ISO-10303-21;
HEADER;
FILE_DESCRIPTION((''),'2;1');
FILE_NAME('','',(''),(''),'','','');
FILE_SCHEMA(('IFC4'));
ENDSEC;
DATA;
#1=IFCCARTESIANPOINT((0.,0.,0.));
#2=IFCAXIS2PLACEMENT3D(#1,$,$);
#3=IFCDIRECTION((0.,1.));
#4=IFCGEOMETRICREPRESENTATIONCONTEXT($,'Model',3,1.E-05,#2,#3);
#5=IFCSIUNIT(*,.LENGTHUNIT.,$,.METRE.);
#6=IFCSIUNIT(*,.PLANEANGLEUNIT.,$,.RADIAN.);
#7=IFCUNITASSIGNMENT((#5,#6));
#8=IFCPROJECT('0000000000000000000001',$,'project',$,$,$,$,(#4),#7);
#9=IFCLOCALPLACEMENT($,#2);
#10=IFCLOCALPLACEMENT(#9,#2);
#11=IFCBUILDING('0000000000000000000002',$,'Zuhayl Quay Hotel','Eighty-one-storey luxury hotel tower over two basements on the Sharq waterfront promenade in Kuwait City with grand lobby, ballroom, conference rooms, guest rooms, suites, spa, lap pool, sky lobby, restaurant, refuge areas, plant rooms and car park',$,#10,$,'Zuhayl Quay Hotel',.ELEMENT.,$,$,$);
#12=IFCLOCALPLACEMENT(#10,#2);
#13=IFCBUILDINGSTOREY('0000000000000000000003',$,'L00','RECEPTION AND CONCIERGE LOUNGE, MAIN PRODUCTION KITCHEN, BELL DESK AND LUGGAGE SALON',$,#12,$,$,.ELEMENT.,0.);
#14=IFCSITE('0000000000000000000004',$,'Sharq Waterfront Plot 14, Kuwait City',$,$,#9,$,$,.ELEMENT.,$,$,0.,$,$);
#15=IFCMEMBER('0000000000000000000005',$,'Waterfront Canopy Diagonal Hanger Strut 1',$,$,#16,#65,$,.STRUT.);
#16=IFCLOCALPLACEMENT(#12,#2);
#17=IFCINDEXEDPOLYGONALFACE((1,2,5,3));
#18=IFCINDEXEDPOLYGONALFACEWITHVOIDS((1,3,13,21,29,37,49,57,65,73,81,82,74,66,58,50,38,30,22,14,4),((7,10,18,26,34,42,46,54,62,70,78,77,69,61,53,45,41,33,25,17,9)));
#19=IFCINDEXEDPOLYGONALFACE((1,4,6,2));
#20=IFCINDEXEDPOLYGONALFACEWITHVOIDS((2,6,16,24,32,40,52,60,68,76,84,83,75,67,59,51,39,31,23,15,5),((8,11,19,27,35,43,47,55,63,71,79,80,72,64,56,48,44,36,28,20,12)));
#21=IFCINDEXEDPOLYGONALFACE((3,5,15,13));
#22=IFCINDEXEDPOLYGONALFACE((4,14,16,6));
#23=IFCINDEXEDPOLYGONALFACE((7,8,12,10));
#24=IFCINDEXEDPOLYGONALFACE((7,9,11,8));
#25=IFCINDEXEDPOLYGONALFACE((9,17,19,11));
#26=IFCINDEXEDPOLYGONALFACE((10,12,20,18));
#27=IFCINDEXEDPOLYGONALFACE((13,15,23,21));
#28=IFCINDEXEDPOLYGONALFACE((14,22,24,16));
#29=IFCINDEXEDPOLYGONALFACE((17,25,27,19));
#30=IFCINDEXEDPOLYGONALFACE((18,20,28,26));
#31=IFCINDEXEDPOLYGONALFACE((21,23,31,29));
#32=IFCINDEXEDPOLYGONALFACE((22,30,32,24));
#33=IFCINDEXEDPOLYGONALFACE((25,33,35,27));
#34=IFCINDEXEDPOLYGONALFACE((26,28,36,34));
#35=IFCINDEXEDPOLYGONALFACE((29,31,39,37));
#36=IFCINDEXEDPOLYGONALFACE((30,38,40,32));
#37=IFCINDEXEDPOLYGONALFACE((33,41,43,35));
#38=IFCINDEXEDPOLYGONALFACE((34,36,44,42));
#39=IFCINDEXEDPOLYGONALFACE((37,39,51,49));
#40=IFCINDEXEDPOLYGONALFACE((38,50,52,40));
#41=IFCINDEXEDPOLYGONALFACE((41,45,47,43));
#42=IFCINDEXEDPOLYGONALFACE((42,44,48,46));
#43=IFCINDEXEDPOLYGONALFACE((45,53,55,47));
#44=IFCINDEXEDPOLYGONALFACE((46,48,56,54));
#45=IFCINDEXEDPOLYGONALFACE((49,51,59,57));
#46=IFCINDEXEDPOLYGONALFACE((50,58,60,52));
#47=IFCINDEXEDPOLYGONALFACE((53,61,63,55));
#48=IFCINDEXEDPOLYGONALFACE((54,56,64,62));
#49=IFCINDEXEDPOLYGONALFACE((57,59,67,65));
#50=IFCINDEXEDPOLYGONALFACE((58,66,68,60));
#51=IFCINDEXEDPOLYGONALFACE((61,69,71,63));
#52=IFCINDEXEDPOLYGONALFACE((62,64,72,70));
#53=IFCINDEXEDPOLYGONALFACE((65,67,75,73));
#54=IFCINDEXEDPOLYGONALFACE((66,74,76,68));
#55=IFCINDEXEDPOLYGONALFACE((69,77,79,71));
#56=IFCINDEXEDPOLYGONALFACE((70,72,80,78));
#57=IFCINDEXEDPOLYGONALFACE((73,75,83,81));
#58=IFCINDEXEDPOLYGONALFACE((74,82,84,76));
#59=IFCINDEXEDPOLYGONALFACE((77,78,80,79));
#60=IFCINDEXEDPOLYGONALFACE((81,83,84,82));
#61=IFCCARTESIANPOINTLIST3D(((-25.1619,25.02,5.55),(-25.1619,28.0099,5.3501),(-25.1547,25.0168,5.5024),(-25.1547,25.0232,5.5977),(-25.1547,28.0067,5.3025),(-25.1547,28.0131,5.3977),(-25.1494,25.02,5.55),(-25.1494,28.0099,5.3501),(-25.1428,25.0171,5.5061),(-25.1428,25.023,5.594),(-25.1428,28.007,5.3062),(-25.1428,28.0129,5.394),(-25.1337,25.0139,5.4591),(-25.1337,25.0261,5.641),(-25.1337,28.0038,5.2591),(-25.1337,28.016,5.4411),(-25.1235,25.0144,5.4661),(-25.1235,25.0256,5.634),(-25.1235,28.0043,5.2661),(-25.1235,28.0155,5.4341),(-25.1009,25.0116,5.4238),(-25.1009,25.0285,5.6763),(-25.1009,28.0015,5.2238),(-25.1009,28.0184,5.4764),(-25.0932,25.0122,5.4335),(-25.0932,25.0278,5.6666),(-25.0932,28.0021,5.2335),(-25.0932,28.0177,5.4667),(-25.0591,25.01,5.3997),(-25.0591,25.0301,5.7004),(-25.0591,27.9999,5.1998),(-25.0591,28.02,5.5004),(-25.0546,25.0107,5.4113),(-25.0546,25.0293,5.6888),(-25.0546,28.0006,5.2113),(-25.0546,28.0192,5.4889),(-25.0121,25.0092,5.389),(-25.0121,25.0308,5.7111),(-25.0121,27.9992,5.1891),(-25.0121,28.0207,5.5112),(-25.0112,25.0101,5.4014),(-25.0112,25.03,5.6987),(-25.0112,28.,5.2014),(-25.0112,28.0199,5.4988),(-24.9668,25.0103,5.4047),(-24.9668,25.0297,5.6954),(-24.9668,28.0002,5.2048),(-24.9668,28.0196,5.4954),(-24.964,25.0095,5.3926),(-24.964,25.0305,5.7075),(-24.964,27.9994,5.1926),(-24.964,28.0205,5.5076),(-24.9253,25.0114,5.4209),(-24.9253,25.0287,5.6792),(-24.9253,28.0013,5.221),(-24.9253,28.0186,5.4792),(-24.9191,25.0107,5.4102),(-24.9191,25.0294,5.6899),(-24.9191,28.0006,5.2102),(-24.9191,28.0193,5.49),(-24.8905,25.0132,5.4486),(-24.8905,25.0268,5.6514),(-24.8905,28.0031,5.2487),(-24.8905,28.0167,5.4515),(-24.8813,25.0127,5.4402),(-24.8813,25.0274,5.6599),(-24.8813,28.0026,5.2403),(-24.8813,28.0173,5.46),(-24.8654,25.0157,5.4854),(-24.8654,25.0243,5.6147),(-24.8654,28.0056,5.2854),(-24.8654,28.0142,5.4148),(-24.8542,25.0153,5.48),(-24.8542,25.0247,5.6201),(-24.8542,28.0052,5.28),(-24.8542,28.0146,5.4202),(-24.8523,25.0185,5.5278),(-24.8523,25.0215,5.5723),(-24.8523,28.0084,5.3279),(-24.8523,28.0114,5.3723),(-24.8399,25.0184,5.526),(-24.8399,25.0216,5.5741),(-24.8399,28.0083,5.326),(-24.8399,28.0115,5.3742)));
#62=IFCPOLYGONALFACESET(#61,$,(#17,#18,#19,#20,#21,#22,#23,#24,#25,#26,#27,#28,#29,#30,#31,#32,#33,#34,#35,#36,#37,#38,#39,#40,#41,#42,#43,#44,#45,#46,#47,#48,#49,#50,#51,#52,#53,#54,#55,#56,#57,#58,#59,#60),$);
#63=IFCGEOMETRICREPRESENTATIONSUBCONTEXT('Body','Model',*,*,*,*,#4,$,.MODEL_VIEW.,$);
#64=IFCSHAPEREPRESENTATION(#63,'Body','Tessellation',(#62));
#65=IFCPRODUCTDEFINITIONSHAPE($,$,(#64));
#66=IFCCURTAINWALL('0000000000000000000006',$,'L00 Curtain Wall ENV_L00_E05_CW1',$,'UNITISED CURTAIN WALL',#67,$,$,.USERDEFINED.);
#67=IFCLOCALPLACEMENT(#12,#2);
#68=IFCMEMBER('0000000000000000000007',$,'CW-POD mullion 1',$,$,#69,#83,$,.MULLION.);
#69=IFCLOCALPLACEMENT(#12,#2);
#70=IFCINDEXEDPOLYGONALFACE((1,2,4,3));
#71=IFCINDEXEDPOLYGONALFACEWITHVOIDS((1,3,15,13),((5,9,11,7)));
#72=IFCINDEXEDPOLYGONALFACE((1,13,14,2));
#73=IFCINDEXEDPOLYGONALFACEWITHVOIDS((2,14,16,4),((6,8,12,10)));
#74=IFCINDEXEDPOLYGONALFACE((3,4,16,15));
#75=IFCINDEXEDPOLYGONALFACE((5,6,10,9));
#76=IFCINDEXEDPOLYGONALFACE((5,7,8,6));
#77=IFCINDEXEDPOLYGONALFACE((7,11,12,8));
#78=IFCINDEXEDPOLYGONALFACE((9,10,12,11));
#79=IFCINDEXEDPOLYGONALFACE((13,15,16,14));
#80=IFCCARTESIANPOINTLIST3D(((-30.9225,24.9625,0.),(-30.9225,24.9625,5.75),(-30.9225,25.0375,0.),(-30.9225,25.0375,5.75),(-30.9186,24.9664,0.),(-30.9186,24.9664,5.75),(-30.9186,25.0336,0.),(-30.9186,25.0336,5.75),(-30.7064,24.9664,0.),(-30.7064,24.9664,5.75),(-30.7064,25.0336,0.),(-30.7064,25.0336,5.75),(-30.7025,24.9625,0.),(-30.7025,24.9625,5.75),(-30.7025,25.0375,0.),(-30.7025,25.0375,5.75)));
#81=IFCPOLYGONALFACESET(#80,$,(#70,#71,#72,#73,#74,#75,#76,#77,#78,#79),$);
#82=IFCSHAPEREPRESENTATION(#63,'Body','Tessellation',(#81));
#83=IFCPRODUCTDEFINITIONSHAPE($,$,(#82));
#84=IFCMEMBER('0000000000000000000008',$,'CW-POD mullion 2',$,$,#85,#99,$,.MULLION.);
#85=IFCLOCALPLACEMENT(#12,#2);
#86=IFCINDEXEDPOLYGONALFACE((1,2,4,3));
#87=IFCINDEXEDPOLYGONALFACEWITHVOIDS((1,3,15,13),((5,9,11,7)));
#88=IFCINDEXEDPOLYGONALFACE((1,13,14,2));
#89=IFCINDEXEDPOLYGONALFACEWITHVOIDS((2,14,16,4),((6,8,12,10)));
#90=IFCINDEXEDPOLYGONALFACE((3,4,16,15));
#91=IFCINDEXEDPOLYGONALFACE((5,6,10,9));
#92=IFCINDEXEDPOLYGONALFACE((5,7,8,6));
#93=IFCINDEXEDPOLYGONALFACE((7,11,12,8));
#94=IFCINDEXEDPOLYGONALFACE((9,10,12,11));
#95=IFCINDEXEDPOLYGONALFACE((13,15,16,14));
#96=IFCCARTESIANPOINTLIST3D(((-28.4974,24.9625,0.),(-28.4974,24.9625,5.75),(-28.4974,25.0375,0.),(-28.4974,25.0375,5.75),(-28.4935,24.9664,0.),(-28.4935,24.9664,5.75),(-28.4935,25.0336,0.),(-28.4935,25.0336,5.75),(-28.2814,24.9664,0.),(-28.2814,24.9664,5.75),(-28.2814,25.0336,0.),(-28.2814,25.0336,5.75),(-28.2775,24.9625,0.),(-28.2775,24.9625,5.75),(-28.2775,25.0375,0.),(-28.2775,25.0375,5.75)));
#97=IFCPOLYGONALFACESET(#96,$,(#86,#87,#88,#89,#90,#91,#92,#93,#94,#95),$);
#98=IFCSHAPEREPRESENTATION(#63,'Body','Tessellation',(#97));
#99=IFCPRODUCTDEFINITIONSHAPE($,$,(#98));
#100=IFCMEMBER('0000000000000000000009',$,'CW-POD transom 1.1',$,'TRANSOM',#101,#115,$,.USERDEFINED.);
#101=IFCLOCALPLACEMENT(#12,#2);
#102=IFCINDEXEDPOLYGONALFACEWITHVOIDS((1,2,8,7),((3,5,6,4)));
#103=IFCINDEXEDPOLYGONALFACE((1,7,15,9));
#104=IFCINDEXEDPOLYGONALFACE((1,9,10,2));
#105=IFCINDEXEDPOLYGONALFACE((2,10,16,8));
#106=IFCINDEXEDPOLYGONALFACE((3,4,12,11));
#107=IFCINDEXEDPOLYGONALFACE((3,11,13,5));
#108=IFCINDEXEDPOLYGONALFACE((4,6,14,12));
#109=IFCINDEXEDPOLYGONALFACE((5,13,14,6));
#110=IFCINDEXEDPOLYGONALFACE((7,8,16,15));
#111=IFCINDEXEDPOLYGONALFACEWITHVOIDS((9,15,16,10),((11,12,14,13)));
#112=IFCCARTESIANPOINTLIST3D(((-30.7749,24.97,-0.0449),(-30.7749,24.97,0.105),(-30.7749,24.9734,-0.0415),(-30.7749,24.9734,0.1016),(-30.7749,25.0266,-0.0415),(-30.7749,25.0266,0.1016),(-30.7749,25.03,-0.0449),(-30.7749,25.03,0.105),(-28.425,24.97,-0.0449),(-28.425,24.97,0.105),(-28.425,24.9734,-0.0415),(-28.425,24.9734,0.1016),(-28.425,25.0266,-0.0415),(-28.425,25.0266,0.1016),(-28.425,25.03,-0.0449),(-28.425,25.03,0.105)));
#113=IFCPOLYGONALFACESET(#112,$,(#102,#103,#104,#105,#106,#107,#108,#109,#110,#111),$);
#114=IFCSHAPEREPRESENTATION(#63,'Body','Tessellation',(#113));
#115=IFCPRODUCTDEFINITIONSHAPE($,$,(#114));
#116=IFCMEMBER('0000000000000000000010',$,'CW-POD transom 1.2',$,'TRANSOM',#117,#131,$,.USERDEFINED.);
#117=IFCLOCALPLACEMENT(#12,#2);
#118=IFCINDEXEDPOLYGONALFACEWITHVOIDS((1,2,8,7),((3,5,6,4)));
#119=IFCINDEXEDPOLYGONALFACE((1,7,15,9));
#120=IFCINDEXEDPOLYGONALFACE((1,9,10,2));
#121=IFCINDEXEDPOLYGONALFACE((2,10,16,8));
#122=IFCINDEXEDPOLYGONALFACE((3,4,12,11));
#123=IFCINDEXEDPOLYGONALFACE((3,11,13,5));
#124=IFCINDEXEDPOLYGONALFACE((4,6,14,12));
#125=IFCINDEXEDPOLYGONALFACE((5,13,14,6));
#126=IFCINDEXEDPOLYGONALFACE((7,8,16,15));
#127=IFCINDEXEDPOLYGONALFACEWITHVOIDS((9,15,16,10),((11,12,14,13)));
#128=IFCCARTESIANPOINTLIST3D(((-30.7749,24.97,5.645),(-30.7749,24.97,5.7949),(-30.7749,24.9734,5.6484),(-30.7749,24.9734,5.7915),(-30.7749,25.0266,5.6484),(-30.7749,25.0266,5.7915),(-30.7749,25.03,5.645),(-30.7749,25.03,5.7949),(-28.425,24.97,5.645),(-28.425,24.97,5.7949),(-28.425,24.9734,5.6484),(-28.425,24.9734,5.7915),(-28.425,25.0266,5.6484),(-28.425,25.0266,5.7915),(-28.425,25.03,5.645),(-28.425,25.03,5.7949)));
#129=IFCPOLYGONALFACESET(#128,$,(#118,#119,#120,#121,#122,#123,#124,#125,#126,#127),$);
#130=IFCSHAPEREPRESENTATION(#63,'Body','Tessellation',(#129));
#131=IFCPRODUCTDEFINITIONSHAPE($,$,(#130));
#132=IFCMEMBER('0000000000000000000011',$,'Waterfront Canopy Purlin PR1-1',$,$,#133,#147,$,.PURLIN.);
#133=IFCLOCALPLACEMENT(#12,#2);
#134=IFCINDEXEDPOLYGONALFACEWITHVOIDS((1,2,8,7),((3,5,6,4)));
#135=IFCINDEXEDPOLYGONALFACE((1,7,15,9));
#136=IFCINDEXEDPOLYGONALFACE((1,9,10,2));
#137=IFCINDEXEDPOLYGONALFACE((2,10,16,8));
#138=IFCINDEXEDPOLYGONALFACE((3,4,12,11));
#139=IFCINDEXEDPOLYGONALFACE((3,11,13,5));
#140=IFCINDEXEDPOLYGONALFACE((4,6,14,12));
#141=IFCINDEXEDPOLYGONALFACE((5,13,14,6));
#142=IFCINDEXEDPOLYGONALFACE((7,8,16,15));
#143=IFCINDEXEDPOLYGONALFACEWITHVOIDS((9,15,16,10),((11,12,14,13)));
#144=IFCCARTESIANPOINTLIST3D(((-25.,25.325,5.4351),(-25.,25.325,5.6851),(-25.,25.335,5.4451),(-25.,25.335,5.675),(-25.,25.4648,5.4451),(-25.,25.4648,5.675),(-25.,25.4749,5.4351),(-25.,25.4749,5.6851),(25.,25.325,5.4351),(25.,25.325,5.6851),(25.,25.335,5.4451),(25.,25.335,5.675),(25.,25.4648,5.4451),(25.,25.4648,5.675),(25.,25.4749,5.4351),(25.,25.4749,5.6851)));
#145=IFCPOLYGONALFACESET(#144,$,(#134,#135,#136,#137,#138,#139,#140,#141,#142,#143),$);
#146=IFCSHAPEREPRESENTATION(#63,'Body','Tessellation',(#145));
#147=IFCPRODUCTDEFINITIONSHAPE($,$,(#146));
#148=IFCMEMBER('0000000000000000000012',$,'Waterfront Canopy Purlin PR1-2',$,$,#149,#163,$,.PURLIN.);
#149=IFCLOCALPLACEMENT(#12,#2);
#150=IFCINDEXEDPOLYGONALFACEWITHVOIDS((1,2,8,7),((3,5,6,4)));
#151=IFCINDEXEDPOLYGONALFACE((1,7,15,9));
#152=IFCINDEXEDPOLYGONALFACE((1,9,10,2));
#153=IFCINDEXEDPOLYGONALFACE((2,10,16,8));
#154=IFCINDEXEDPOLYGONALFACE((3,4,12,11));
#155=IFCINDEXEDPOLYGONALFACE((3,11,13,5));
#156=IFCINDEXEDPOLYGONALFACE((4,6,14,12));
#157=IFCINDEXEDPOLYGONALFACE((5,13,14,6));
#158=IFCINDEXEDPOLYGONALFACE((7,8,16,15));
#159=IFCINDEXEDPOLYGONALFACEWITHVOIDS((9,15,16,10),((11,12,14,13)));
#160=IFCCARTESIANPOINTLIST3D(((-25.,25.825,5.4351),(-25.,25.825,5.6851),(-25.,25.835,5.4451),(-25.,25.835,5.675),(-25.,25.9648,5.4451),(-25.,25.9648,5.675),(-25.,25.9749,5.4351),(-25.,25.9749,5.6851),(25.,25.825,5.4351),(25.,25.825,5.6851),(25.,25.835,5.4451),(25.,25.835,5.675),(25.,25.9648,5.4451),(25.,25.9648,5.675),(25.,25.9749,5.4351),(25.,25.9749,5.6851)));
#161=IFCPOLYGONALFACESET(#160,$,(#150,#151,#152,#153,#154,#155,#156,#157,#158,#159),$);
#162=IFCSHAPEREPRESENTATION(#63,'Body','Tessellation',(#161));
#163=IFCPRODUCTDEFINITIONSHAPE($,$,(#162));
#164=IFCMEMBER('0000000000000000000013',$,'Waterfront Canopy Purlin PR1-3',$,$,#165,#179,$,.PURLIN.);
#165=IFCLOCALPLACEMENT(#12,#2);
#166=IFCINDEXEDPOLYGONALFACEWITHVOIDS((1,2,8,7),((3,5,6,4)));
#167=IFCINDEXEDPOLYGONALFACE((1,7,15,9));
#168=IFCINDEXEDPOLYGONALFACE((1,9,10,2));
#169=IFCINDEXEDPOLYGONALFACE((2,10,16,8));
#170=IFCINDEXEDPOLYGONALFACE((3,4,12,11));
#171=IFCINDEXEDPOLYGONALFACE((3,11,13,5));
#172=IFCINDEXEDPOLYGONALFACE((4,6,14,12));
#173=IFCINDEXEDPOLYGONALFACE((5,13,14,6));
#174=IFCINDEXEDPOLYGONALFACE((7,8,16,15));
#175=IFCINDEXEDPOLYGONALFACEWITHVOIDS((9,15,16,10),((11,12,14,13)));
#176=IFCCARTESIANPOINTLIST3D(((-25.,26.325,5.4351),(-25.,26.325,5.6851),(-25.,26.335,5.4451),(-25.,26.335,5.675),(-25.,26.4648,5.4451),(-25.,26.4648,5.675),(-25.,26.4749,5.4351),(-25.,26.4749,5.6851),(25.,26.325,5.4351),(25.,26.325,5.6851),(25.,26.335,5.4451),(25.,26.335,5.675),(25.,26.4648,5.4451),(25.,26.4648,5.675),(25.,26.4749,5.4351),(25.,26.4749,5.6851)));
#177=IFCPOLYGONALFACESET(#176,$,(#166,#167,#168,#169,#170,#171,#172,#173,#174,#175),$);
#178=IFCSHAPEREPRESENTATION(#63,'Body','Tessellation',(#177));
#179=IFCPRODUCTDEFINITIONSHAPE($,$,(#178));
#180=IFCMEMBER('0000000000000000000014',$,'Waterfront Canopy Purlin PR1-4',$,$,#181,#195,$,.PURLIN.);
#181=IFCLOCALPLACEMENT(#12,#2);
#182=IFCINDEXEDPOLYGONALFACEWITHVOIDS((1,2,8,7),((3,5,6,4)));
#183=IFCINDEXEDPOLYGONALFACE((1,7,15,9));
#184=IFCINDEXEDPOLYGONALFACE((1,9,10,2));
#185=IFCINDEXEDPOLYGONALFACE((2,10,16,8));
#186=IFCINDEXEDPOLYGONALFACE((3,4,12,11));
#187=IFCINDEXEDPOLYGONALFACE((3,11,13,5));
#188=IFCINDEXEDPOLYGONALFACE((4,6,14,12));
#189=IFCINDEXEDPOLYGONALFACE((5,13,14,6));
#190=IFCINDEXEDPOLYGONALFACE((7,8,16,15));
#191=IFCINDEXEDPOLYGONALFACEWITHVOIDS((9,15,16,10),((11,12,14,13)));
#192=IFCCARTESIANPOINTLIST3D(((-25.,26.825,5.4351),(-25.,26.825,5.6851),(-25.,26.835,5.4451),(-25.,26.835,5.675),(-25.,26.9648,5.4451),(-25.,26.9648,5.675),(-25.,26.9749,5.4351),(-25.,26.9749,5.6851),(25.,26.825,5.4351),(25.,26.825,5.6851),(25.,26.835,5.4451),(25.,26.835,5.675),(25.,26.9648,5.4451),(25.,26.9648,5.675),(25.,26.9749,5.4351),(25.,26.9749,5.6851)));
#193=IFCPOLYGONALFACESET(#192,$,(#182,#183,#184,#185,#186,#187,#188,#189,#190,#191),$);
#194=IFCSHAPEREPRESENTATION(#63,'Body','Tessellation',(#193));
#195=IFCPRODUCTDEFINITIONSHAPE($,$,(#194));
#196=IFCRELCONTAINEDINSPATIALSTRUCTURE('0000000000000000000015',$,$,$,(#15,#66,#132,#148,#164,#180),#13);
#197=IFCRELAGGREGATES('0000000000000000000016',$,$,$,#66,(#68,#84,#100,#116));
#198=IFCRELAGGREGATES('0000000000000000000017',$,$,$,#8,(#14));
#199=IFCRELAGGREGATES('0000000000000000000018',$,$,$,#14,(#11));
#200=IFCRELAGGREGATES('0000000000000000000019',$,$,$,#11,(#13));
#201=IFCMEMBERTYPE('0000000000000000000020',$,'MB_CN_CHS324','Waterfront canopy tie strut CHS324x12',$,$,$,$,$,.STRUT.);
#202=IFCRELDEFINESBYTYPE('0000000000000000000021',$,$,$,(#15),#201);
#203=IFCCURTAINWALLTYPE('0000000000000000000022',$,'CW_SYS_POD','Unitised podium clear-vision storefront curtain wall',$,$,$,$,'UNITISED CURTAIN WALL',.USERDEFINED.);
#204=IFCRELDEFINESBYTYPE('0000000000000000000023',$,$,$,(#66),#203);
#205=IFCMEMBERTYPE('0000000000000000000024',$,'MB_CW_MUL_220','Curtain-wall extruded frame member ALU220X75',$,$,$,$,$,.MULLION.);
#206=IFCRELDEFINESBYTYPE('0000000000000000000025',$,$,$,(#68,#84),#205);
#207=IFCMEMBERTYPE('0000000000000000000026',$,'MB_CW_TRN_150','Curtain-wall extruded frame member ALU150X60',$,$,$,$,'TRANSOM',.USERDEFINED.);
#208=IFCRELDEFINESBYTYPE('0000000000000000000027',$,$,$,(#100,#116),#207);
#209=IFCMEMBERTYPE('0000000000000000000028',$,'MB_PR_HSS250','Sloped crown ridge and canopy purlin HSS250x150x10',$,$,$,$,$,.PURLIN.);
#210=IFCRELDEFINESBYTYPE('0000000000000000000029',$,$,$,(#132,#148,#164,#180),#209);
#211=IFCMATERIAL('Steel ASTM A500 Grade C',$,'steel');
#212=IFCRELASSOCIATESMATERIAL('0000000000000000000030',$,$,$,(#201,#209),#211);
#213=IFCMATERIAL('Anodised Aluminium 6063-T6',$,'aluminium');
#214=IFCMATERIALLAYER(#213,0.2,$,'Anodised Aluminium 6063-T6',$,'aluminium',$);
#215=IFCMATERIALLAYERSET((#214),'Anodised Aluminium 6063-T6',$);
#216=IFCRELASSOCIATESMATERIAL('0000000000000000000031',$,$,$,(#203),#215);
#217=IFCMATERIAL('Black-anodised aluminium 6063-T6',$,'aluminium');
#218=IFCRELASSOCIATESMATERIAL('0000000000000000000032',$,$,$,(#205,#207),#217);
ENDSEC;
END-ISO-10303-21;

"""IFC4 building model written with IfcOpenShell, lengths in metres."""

from ifc_helpers import new_model, si_unit, direction, frame, origin, origin_2d, place, context, subcontext, project, spatial, hollow_rectangle, hollow_circle, extrude, material, layer, layer_set, material_profile, profile_set, type_object, element, aggregate, save


model = new_model("IFC4")

# Units and contexts
model_context = context("Model", 3, precision=1e-05, world=origin(), true_north=direction((0.0, 1.0)))
body_context = subcontext(model_context, "Body", "Model", "MODEL_VIEW")
ifc_project = project(units=[si_unit("LENGTHUNIT", "METRE"), si_unit("PLANEANGLEUNIT", "RADIAN")], contexts=[model_context])

# Site, building, storey
site_placement = place(None, origin())
site = spatial("IfcSite", under=ifc_project, at=site_placement, Name="Sharq Waterfront Plot 14, Kuwait City", CompositionType="ELEMENT", RefElevation=0.0)
building_placement = place(site_placement, origin())
building = spatial("IfcBuilding", under=site, at=building_placement, Name="Zuhayl Quay Hotel", Description="Eighty-one-storey luxury hotel tower over two basements on the Sharq waterfront promenade in Kuwait City with grand lobby, ballroom, conference rooms, guest rooms, suites, spa, lap pool, sky lobby, restaurant, refuge areas, plant rooms and car park", LongName="Zuhayl Quay Hotel", CompositionType="ELEMENT")
storey_placement = place(building_placement, origin())
storey = spatial("IfcBuildingStorey", under=building, at=storey_placement, Name="L00", Description="RECEPTION AND CONCIERGE LOUNGE, MAIN PRODUCTION KITCHEN, BELL DESK AND LUGGAGE SALON", CompositionType="ELEMENT", Elevation=0.0)

# Member
ifc_material_1 = material(Name="Steel ASTM A500 Grade C", Category="steel")
ifc_material_profile_1 = material_profile(ifc_material_1, hollow_circle(Radius=0.1619, WallThickness=0.0125, at=origin_2d()), Name="CHS324X12")
ifc_profile_set_1 = profile_set([ifc_material_profile_1], Name="Steel ASTM A500 Grade C")
member_type_1 = type_object("IfcMemberType", Name="MB_CN_CHS324", Description="Waterfront canopy tie strut CHS324x12", PredefinedType="STRUT", material=ifc_profile_set_1)
member_1_placement = place(storey_placement, frame((-25.0, 25.02, 5.55), z_axis=(0.0, 0.997771, -0.066724), x_axis=(-1.0, 0.0, 0.0)))
element("IfcMember", 1, at=member_1_placement, inside=storey, type_object=member_type_1, Name="Waterfront Canopy Diagonal Hanger Strut 1", PredefinedType="STRUT", context=body_context, shape_type="SweptSolid", body=[
    extrude(hollow_circle(Radius=0.1619, WallThickness=0.0125, at=origin_2d()), origin(), (0.0, 0.0, 1.0), 2.9966),
])

# Curtain wall, members
ifc_material_2 = material(Name="Anodised Aluminium 6063-T6", Category="aluminium")
ifc_layer_1 = layer(ifc_material_2, 0.2, Name="Anodised Aluminium 6063-T6", Category="aluminium")
ifc_layer_set_1 = layer_set([ifc_layer_1], Name="Anodised Aluminium 6063-T6")
curtain_wall_type = type_object("IfcCurtainWallType", Name="CW_SYS_POD", Description="Unitised podium clear-vision storefront curtain wall", ElementType="UNITISED CURTAIN WALL", PredefinedType="USERDEFINED", material=ifc_layer_set_1)
curtain_wall_placement = place(storey_placement, origin())
curtain_wall = element("IfcCurtainWall", 2, at=curtain_wall_placement, inside=storey, type_object=curtain_wall_type, Name="L00 Curtain Wall ENV_L00_E05_CW1", ObjectType="UNITISED CURTAIN WALL", PredefinedType="USERDEFINED")
ifc_material_3 = material(Name="Black-anodised aluminium 6063-T6", Category="aluminium")
ifc_material_profile_2 = material_profile(ifc_material_3, hollow_rectangle(XDim=0.075, YDim=0.22, WallThickness=0.0039, at=origin_2d()), Name="ALU220X75")
ifc_profile_set_2 = profile_set([ifc_material_profile_2], Name="Black-anodised aluminium 6063-T6")
member_type_2 = type_object("IfcMemberType", Name="MB_CW_MUL_220", Description="Curtain-wall extruded frame member ALU220X75", PredefinedType="MULLION", material=ifc_profile_set_2)
member_2_placement = place(storey_placement, frame((-30.8125, 25.0, 0.0), z_axis=(0.0, 0.0, 1.0), x_axis=(0.0, 1.0, 0.0)))
member_2 = element("IfcMember", 3, at=member_2_placement, type_object=member_type_2, Name="CW-POD mullion 1", PredefinedType="MULLION", context=body_context, shape_type="SweptSolid", body=[
    extrude(hollow_rectangle(XDim=0.075, YDim=0.22, WallThickness=0.0039, at=origin_2d()), origin(), (0.0, 0.0, 1.0), 5.75),
])
member_3_placement = place(storey_placement, frame((-28.3875, 25.0, 0.0), z_axis=(0.0, 0.0, 1.0), x_axis=(0.0, 1.0, 0.0)))
member_3 = element("IfcMember", 4, at=member_3_placement, type_object=member_type_2, Name="CW-POD mullion 2", PredefinedType="MULLION", context=body_context, shape_type="SweptSolid", body=[
    extrude(hollow_rectangle(XDim=0.075, YDim=0.22, WallThickness=0.0039, at=origin_2d()), origin(), (0.0, 0.0, 1.0), 5.75),
])
ifc_material_profile_3 = material_profile(ifc_material_3, hollow_rectangle(XDim=0.0601, YDim=0.1499, WallThickness=0.0034, at=origin_2d()), Name="ALU150X60")
ifc_profile_set_3 = profile_set([ifc_material_profile_3], Name="Black-anodised aluminium 6063-T6")
member_type_3 = type_object("IfcMemberType", Name="MB_CW_TRN_150", Description="Curtain-wall extruded frame member ALU150X60", ElementType="TRANSOM", PredefinedType="USERDEFINED", material=ifc_profile_set_3)
member_4_placement = place(storey_placement, frame((-30.7749, 25.0, 0.03), z_axis=(1.0, 0.0, 0.0), x_axis=(0.0, 1.0, 0.0)))
member_4 = element("IfcMember", 5, at=member_4_placement, type_object=member_type_3, Name="CW-POD transom 1.1", ObjectType="TRANSOM", PredefinedType="USERDEFINED", context=body_context, shape_type="SweptSolid", body=[
    extrude(hollow_rectangle(XDim=0.0601, YDim=0.1499, WallThickness=0.0034, at=origin_2d()), origin(), (0.0, 0.0, 1.0), 2.3499),
])
member_5_placement = place(storey_placement, frame((-30.7749, 25.0, 5.72), z_axis=(1.0, 0.0, 0.0), x_axis=(0.0, 1.0, 0.0)))
member_5 = element("IfcMember", 6, at=member_5_placement, type_object=member_type_3, Name="CW-POD transom 1.2", ObjectType="TRANSOM", PredefinedType="USERDEFINED", context=body_context, shape_type="SweptSolid", body=[
    extrude(hollow_rectangle(XDim=0.0601, YDim=0.1499, WallThickness=0.0034, at=origin_2d()), origin(), (0.0, 0.0, 1.0), 2.3499),
])

# Members
ifc_material_profile_4 = material_profile(ifc_material_1, hollow_rectangle(XDim=0.1499, YDim=0.25, WallThickness=0.01, at=origin_2d()), Name="HSS250X150X10")
ifc_profile_set_4 = profile_set([ifc_material_profile_4], Name="Steel ASTM A500 Grade C")
member_type_4 = type_object("IfcMemberType", Name="MB_PR_HSS250", Description="Sloped crown ridge and canopy purlin HSS250x150x10", PredefinedType="PURLIN", material=ifc_profile_set_4)
for number, where, z_axis, x_axis, name in (
    (7, (-25.0, 25.3999, 5.5601), (1.0, 0.0, 0.0), (0.0, 1.0, 0.0), "Waterfront Canopy Purlin PR1-1"),
    (8, (-25.0, 25.8999, 5.5601), (1.0, 0.0, 0.0), (0.0, 1.0, 0.0), "Waterfront Canopy Purlin PR1-2"),
    (9, (-25.0, 26.3999, 5.5601), (1.0, 0.0, 0.0), (0.0, 1.0, 0.0), "Waterfront Canopy Purlin PR1-3"),
    (10, (-25.0, 26.8999, 5.5601), (1.0, 0.0, 0.0), (0.0, 1.0, 0.0), "Waterfront Canopy Purlin PR1-4"),
):
    element("IfcMember", number, at=place(storey_placement, frame(where, z_axis=z_axis, x_axis=x_axis)), inside=storey, type_object=member_type_4, Name=name, PredefinedType="PURLIN", context=body_context, shape_type="SweptSolid", body=[
        extrude(hollow_rectangle(XDim=0.1499, YDim=0.25, WallThickness=0.01, at=origin_2d()), origin(), (0.0, 0.0, 1.0), 50.0),
    ])

aggregate(curtain_wall, [member_2, member_3, member_4, member_5])

save(model, "model.ifc")
